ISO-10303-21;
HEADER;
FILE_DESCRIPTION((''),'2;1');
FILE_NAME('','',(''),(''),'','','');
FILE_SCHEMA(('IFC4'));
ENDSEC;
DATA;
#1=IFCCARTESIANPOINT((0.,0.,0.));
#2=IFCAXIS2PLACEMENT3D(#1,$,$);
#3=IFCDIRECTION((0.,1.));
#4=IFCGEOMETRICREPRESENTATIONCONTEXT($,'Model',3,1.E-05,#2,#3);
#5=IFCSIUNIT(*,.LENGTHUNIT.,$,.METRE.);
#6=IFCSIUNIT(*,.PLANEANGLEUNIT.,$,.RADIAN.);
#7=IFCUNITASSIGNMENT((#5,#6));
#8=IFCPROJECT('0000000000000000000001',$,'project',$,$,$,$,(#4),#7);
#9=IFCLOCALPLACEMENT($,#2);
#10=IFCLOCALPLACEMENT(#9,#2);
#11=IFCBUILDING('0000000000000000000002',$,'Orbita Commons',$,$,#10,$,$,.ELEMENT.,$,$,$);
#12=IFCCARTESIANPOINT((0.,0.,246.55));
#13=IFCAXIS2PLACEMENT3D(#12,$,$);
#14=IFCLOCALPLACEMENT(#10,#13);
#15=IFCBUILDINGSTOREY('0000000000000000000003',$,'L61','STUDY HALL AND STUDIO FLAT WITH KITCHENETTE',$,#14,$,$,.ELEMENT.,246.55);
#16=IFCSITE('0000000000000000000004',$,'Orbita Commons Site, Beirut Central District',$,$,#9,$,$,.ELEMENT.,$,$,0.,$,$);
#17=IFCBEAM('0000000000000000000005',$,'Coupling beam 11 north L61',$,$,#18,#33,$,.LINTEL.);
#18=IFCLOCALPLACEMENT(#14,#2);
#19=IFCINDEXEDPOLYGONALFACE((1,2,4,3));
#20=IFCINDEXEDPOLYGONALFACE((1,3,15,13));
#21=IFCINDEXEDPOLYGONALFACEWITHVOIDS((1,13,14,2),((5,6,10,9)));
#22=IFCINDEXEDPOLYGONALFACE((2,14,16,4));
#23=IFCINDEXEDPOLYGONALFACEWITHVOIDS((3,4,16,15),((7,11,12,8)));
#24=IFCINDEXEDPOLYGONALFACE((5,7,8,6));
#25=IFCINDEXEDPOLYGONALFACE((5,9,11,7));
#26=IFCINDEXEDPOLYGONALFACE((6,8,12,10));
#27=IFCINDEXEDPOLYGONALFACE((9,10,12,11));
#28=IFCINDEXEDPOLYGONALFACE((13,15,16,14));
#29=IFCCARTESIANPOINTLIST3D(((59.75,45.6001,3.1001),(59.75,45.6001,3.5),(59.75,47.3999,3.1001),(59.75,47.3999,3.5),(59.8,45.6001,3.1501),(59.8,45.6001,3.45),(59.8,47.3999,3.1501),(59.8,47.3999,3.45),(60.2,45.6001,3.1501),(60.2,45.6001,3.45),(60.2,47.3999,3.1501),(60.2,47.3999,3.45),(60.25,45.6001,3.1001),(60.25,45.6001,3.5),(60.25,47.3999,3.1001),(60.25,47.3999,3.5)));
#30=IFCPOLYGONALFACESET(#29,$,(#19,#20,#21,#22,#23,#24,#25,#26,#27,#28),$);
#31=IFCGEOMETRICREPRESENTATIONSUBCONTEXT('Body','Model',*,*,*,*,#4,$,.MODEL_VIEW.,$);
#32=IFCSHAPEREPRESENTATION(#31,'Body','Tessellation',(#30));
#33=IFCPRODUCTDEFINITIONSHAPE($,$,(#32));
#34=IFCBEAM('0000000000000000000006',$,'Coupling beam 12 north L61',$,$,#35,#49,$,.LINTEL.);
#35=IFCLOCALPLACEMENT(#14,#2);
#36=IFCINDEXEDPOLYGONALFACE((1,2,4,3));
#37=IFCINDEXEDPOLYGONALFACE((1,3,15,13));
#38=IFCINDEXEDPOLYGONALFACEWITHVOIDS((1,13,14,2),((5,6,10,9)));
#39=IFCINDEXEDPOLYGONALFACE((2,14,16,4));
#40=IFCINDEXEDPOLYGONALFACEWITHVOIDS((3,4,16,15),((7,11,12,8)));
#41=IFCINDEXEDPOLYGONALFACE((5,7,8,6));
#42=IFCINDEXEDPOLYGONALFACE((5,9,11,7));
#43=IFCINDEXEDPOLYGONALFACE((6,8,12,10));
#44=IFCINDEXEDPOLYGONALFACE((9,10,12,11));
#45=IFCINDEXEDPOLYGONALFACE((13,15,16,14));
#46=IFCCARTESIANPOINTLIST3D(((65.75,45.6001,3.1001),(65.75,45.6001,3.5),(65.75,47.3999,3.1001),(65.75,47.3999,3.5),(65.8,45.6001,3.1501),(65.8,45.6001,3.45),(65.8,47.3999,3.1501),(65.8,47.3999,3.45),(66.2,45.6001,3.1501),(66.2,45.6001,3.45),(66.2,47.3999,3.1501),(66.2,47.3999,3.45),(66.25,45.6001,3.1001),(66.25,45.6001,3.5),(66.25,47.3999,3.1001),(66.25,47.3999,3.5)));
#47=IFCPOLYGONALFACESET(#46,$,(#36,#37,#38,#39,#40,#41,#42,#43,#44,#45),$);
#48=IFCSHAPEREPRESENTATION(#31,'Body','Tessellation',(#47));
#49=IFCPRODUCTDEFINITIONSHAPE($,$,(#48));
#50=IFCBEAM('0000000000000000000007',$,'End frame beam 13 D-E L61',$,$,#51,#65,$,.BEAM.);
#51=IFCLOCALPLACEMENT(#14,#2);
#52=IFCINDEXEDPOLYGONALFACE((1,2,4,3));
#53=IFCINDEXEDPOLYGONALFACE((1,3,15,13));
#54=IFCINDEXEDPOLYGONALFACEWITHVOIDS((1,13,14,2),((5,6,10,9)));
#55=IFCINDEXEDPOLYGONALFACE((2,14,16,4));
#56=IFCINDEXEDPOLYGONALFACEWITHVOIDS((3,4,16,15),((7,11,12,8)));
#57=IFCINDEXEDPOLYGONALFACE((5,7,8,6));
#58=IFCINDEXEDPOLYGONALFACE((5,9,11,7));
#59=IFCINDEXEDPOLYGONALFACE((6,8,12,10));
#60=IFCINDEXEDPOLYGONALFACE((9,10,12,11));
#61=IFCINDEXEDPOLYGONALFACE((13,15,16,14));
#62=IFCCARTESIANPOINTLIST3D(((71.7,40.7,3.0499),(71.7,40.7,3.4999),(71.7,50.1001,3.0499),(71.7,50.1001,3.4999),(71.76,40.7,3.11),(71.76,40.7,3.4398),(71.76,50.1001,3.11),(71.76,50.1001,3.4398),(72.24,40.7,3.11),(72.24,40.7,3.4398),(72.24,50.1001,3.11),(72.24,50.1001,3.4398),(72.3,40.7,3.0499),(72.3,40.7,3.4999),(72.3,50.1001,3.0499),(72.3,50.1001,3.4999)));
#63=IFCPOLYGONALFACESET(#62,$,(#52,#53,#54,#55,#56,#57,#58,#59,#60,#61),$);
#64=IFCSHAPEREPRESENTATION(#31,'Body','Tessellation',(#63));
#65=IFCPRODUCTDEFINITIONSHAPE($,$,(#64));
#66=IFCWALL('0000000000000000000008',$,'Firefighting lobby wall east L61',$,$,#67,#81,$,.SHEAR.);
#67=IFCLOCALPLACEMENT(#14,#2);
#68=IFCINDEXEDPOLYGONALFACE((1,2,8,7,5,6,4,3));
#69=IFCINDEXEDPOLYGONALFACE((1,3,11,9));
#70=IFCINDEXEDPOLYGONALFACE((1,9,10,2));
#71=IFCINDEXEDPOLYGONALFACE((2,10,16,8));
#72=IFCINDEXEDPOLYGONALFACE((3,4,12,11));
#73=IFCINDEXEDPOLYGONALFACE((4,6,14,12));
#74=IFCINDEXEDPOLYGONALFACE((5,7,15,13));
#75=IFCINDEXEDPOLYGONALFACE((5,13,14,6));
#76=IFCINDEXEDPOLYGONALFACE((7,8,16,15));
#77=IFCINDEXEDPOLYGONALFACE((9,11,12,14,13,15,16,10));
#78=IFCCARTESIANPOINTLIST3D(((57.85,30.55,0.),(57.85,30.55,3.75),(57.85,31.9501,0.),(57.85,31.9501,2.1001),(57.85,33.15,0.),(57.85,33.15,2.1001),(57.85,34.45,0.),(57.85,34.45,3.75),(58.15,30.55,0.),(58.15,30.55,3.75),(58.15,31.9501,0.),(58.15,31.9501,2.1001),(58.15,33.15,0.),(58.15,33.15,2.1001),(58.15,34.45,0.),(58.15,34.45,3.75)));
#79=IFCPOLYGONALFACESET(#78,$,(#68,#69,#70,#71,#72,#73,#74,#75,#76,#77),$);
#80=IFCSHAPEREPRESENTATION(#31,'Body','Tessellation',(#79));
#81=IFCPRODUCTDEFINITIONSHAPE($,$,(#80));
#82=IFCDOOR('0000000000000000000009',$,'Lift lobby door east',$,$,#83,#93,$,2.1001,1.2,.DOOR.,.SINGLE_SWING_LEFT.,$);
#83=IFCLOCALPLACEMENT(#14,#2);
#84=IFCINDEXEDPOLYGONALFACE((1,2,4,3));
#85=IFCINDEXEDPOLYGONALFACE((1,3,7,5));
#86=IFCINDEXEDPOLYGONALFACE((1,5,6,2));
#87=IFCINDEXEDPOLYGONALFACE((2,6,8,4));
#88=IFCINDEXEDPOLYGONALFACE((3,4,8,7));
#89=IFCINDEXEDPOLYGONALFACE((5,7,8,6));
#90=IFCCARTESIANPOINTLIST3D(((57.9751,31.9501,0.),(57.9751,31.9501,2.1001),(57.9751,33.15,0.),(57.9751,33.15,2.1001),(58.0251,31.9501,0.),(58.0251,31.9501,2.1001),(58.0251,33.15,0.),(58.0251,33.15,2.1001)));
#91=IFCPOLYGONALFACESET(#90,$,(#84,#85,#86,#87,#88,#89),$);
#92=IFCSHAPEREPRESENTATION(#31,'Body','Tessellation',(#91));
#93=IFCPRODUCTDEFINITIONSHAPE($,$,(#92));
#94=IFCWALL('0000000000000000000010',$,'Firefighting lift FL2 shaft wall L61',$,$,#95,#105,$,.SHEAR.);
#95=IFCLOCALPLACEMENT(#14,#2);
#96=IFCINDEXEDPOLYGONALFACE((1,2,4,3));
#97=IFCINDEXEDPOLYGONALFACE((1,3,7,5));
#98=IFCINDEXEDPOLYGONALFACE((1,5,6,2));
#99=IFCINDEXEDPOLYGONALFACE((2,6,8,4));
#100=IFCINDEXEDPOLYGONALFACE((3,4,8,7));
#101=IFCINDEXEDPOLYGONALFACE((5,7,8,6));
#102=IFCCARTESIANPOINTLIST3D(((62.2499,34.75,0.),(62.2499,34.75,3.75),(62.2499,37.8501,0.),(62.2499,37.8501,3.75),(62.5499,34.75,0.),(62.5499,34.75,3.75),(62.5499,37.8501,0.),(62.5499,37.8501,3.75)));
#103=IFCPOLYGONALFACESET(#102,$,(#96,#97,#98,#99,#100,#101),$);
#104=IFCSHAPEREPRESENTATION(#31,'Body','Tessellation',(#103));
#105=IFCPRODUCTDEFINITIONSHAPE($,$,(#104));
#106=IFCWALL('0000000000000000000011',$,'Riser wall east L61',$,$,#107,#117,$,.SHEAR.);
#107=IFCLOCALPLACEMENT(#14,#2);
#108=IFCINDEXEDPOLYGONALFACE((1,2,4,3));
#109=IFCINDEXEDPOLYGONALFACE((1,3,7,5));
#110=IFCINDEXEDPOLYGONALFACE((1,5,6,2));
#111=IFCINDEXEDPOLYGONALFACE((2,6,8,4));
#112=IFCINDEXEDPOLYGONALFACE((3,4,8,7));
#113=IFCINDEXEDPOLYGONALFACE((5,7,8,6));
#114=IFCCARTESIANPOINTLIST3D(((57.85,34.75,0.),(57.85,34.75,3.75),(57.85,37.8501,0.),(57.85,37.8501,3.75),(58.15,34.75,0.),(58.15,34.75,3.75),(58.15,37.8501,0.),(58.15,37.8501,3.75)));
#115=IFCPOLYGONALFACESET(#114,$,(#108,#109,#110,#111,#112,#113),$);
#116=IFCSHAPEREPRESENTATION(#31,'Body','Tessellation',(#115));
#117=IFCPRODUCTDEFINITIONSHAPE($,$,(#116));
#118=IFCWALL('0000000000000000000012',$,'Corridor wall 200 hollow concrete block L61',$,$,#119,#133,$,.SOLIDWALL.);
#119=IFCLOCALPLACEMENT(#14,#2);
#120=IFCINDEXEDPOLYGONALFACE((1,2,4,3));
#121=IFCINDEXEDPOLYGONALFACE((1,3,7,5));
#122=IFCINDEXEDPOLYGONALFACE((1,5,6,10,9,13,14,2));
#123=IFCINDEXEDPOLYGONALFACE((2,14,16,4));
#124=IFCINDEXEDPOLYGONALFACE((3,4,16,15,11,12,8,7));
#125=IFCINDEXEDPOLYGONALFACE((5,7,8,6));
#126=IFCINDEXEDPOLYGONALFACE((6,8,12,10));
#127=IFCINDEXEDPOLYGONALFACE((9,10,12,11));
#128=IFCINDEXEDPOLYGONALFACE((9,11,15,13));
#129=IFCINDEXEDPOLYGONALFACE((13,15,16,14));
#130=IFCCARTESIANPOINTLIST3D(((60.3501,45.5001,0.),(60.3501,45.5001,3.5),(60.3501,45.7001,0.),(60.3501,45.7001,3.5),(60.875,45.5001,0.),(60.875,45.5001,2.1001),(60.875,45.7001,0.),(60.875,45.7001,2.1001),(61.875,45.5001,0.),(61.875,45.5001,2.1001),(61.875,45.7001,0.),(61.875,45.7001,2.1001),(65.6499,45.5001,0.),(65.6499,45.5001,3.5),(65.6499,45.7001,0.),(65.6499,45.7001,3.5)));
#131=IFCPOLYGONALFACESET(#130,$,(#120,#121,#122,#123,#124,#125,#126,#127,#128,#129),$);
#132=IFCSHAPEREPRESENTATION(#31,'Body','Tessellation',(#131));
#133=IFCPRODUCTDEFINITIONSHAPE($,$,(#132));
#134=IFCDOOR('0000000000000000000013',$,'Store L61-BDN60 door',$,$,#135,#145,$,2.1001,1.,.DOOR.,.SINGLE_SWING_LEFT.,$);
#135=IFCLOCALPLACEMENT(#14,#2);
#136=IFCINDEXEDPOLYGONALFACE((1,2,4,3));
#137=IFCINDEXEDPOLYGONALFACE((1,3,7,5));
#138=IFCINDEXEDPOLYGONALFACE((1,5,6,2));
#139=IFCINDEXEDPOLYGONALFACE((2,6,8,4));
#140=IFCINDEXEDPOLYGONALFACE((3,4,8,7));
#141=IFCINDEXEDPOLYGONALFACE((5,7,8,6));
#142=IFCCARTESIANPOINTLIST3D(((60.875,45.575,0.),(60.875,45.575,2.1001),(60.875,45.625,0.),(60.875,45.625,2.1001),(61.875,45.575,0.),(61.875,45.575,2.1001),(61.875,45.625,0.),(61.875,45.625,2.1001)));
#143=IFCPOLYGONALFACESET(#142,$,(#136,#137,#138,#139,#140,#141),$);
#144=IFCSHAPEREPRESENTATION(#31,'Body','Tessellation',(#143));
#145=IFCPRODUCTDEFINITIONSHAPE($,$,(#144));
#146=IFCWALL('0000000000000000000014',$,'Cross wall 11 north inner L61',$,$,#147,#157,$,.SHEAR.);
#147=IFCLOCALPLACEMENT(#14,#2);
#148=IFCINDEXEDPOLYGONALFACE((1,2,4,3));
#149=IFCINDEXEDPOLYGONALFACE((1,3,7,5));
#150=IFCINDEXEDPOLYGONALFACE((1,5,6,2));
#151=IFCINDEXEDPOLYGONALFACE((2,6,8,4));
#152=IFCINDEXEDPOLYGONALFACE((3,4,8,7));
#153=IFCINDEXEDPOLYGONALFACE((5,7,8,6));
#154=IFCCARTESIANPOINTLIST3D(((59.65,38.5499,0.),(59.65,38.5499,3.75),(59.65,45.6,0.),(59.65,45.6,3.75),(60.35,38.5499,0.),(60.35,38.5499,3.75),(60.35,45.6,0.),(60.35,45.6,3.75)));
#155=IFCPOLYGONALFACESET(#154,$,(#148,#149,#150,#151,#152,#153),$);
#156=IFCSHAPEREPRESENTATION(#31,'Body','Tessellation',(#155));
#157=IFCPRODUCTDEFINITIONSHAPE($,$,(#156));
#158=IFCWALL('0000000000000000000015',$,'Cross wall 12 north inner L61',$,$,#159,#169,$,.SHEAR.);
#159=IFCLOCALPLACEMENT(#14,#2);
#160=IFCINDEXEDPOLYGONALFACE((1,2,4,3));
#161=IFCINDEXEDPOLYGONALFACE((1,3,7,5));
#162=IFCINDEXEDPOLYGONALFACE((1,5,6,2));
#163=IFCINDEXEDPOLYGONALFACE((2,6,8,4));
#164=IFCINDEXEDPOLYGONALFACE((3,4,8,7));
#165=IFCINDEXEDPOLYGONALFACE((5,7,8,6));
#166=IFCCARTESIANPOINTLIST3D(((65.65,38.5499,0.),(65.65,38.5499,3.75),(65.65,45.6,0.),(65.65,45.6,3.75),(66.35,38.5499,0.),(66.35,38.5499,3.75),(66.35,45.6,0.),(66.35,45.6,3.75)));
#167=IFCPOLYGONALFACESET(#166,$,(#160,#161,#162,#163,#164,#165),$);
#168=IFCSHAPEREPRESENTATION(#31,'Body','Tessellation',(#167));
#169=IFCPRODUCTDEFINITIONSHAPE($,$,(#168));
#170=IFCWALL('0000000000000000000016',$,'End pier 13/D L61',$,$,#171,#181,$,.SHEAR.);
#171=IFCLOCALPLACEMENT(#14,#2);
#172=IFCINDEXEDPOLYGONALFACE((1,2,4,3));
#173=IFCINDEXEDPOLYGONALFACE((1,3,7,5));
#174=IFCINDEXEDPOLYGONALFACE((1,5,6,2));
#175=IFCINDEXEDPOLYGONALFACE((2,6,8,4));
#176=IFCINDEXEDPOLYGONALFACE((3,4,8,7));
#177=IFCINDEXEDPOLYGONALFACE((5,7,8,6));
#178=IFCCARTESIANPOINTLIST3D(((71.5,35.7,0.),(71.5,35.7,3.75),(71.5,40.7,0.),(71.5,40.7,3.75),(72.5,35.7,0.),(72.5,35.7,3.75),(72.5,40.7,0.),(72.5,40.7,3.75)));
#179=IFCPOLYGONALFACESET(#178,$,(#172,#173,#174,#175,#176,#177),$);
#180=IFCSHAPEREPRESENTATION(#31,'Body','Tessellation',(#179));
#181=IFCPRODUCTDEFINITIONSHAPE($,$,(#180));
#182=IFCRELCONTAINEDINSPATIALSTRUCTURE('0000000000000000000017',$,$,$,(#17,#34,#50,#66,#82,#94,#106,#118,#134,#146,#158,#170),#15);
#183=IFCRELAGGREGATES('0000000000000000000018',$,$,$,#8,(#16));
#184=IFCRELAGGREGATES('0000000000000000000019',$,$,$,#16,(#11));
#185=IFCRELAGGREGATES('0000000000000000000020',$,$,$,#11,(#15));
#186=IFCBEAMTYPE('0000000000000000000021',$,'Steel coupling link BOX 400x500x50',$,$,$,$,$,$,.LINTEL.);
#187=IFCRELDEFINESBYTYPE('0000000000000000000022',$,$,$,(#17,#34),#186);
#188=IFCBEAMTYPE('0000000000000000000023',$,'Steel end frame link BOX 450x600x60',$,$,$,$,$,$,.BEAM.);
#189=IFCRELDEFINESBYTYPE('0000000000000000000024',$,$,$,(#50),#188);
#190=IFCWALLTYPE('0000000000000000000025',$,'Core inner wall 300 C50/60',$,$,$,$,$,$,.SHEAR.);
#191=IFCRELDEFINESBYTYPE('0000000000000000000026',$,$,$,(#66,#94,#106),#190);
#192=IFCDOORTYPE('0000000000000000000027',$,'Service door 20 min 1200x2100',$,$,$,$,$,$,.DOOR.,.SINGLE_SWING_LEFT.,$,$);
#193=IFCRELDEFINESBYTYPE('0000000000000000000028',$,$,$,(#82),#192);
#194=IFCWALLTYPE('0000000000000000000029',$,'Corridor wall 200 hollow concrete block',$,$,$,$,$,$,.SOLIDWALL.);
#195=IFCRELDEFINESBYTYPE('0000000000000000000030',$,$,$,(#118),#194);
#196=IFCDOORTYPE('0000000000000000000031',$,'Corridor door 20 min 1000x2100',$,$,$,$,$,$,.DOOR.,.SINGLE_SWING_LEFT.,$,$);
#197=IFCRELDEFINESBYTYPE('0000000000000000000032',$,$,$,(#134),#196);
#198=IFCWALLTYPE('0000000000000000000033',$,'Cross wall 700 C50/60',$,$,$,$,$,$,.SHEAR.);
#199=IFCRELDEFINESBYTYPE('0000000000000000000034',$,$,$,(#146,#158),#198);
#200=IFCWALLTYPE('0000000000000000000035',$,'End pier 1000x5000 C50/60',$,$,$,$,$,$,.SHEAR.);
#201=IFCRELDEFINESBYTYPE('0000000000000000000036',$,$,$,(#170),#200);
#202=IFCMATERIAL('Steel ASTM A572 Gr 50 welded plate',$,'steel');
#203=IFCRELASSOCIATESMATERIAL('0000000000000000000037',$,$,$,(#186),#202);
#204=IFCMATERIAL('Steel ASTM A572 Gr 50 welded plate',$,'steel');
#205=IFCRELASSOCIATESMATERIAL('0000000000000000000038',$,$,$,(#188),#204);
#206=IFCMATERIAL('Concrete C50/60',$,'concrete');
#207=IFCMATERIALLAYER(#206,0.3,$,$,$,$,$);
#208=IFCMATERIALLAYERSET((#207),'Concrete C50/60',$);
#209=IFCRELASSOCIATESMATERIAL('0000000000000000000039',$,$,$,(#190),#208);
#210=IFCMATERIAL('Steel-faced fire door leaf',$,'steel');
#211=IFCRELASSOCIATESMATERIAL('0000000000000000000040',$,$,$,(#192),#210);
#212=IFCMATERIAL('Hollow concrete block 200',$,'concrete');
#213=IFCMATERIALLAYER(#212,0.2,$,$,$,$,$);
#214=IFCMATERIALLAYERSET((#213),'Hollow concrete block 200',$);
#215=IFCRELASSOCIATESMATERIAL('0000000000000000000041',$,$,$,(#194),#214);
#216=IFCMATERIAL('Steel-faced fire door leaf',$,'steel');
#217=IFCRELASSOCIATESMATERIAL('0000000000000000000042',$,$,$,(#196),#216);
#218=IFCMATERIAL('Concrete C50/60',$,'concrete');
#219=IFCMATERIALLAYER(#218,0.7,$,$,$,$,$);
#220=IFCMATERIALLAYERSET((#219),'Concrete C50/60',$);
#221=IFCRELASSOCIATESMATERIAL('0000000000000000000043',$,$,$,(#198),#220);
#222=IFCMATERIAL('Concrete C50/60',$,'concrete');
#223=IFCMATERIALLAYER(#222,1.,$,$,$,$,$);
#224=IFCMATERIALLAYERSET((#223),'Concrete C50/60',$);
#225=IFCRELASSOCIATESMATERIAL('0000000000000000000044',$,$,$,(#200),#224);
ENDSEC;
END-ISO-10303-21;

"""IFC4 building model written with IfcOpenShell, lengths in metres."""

from ifc_helpers import new_model, si_unit, direction, frame, frame_2d, origin, origin_2d, place, context, subcontext, project, spatial, rectangle, hollow_rectangle, extrude, material, layer, layer_set, material_profile, profile_set, type_object, element, fill, save


model = new_model("IFC4")

# Units and contexts
model_context = context("Model", 3, precision=1e-05, world=origin(), true_north=direction((0.0, 1.0)))
body_context = subcontext(model_context, "Body", "Model", "MODEL_VIEW")
ifc_project = project(units=[si_unit("LENGTHUNIT", "METRE"), si_unit("PLANEANGLEUNIT", "RADIAN")], contexts=[model_context])

# Site, building, storey
site_placement = place(None, origin())
site = spatial("IfcSite", under=ifc_project, at=site_placement, Name="Orbita Commons Site, Beirut Central District", CompositionType="ELEMENT", RefElevation=0.0)
building_placement = place(site_placement, origin())
building = spatial("IfcBuilding", under=site, at=building_placement, Name="Orbita Commons", CompositionType="ELEMENT")
storey_placement = place(building_placement, frame((0.0, 0.0, 246.55)))
storey = spatial("IfcBuildingStorey", under=building, at=storey_placement, Name="L61", Description="STUDY HALL AND STUDIO FLAT WITH KITCHENETTE", CompositionType="ELEMENT", Elevation=246.55)

# Beams
ifc_material_1 = material(Name="Steel ASTM A572 Gr 50 welded plate", Category="steel")
ifc_material_profile_1 = material_profile(ifc_material_1, hollow_rectangle(XDim=0.5, YDim=0.3999, WallThickness=0.05, at=origin_2d()), Name="BOX 400x500x50")
ifc_profile_set_1 = profile_set([ifc_material_profile_1], Name="Steel ASTM A572 Gr 50 welded plate")
beam_type_1 = type_object("IfcBeamType", Name="Steel coupling link BOX 400x500x50", PredefinedType="LINTEL", material=ifc_profile_set_1)
for number, where, z_axis, x_axis, name in (
    (1, (60.0, 45.6001, 3.3), (0.0, 1.0, 0.0), (-1.0, 0.0, 0.0), "Coupling beam 11 north L61"),
    (2, (66.0, 45.6001, 3.3), (0.0, 1.0, 0.0), (-1.0, 0.0, 0.0), "Coupling beam 12 north L61"),
):
    element("IfcBeam", number, at=place(storey_placement, frame(where, z_axis=z_axis, x_axis=x_axis)), inside=storey, type_object=beam_type_1, Name=name, PredefinedType="LINTEL", context=body_context, shape_type="SweptSolid", body=[
        extrude(hollow_rectangle(XDim=0.5, YDim=0.3999, WallThickness=0.05, at=origin_2d()), origin(), (0.0, 0.0, 1.0), 1.7998),
    ])
ifc_material_2 = material(Name="Steel ASTM A572 Gr 50 welded plate", Category="steel")
ifc_material_profile_2 = material_profile(ifc_material_2, hollow_rectangle(XDim=0.6001, YDim=0.45, WallThickness=0.0601, at=origin_2d()), Name="BOX 450x600x60")
ifc_profile_set_2 = profile_set([ifc_material_profile_2], Name="Steel ASTM A572 Gr 50 welded plate")
beam_type_2 = type_object("IfcBeamType", Name="Steel end frame link BOX 450x600x60", PredefinedType="BEAM", material=ifc_profile_set_2)
beam_placement = place(storey_placement, frame((72.0, 40.7, 3.2749), z_axis=(0.0, 1.0, 0.0), x_axis=(-1.0, 0.0, 0.0)))
element("IfcBeam", 3, at=beam_placement, inside=storey, type_object=beam_type_2, Name="End frame beam 13 D-E L61", PredefinedType="BEAM", context=body_context, shape_type="SweptSolid", body=[
    extrude(hollow_rectangle(XDim=0.6001, YDim=0.45, WallThickness=0.0601, at=origin_2d()), origin(), (0.0, 0.0, 1.0), 9.4001),
])

# Wall, opening, door
ifc_material_3 = material(Name="Concrete C50/60", Category="concrete")
ifc_layer_1 = layer(ifc_material_3, 0.3)
ifc_layer_set_1 = layer_set([ifc_layer_1], Name="Concrete C50/60")
wall_type_1 = type_object("IfcWallType", Name="Core inner wall 300 C50/60", PredefinedType="SHEAR", material=ifc_layer_set_1)
wall_1_placement = place(storey_placement, frame((58.0, 30.55, 0.0), z_axis=(0.0, 0.0, 1.0), x_axis=(0.0, 1.0, 0.0)))
wall_1 = element("IfcWall", 4, at=wall_1_placement, inside=storey, type_object=wall_type_1, Name="Firefighting lobby wall east L61", PredefinedType="SHEAR", context=body_context, shape_type="SweptSolid", body=[
    extrude(rectangle(XDim=3.8999, YDim=0.3, at=frame_2d((1.95, 0.0))), origin(), (0.0, 0.0, 1.0), 3.75),
])
opening_1_placement = place(wall_1_placement, frame((1.3999, 0.0, 0.0)))
opening_1 = element("IfcOpeningElement", 5, at=opening_1_placement, cuts=wall_1, PredefinedType="OPENING", context=body_context, shape_type="SweptSolid", body=[
    extrude(rectangle(XDim=1.2, YDim=2.1001, at=frame_2d((0.6001, 1.05))), frame((0.0, 0.1599, 0.0), z_axis=(0.0, -1.0, 0.0), x_axis=(1.0, 0.0, 0.0)), (0.0, 0.0, 1.0), 0.3201),
])
ifc_material_4 = material(Name="Steel-faced fire door leaf", Category="steel")
door_type_1 = type_object("IfcDoorType", Name="Service door 20 min 1200x2100", OperationType="SINGLE_SWING_LEFT", PredefinedType="DOOR", material=ifc_material_4)
door_1_placement = place(opening_1_placement, origin())
door_1 = element("IfcDoor", 6, at=door_1_placement, inside=storey, type_object=door_type_1, Name="Lift lobby door east", OperationType="SINGLE_SWING_LEFT", OverallHeight=2.1001, OverallWidth=1.2, PredefinedType="DOOR", context=body_context, shape_type="SweptSolid", body=[
    extrude(rectangle(XDim=1.2, YDim=2.1001, at=frame_2d((0.6001, 1.05))), frame((0.0, 0.0249, 0.0), z_axis=(0.0, -1.0, 0.0), x_axis=(1.0, 0.0, 0.0)), (0.0, 0.0, 1.0), 0.05),
])
fill(opening_1, door_1)

# Walls
for number, where, z_axis, x_axis, name in (
    (7, (62.3999, 34.75, 0.0), (0.0, 0.0, 1.0), (0.0, 1.0, 0.0), "Firefighting lift FL2 shaft wall L61"),
    (8, (58.0, 34.75, 0.0), (0.0, 0.0, 1.0), (0.0, 1.0, 0.0), "Riser wall east L61"),
):
    element("IfcWall", number, at=place(storey_placement, frame(where, z_axis=z_axis, x_axis=x_axis)), inside=storey, type_object=wall_type_1, Name=name, PredefinedType="SHEAR", context=body_context, shape_type="SweptSolid", body=[
        extrude(rectangle(XDim=3.1001, YDim=0.3, at=frame_2d((1.55, 0.0))), origin(), (0.0, 0.0, 1.0), 3.75),
    ])

# Wall, opening, door
ifc_material_5 = material(Name="Hollow concrete block 200", Category="concrete")
ifc_layer_2 = layer(ifc_material_5, 0.2)
ifc_layer_set_2 = layer_set([ifc_layer_2], Name="Hollow concrete block 200")
wall_type_2 = type_object("IfcWallType", Name="Corridor wall 200 hollow concrete block", PredefinedType="SOLIDWALL", material=ifc_layer_set_2)
wall_2_placement = place(storey_placement, frame((60.3501, 45.6001, 0.0), z_axis=(0.0, 0.0, 1.0), x_axis=(1.0, 0.0, 0.0)))
wall_2 = element("IfcWall", 9, at=wall_2_placement, inside=storey, type_object=wall_type_2, Name="Corridor wall 200 hollow concrete block L61", PredefinedType="SOLIDWALL", context=body_context, shape_type="SweptSolid", body=[
    extrude(rectangle(XDim=5.2998, YDim=0.2, at=frame_2d((2.6499, 0.0))), origin(), (0.0, 0.0, 1.0), 3.5),
])
opening_2_placement = place(wall_2_placement, frame((0.5249, 0.0, 0.0)))
opening_2 = element("IfcOpeningElement", 10, at=opening_2_placement, cuts=wall_2, PredefinedType="OPENING", context=body_context, shape_type="SweptSolid", body=[
    extrude(rectangle(XDim=1.0, YDim=2.1001, at=frame_2d((0.5, 1.05))), frame((0.0, 0.1099, 0.0), z_axis=(0.0, -1.0, 0.0), x_axis=(1.0, 0.0, 0.0)), (0.0, 0.0, 1.0), 0.22),
])
ifc_material_6 = material(Name="Steel-faced fire door leaf", Category="steel")
door_type_2 = type_object("IfcDoorType", Name="Corridor door 20 min 1000x2100", OperationType="SINGLE_SWING_LEFT", PredefinedType="DOOR", material=ifc_material_6)
door_2_placement = place(opening_2_placement, origin())
door_2 = element("IfcDoor", 11, at=door_2_placement, inside=storey, type_object=door_type_2, Name="Store L61-BDN60 door", OperationType="SINGLE_SWING_LEFT", OverallHeight=2.1001, OverallWidth=1.0, PredefinedType="DOOR", context=body_context, shape_type="SweptSolid", body=[
    extrude(rectangle(XDim=1.0, YDim=2.1001, at=frame_2d((0.5, 1.05))), frame((0.0, 0.0249, 0.0), z_axis=(0.0, -1.0, 0.0), x_axis=(1.0, 0.0, 0.0)), (0.0, 0.0, 1.0), 0.05),
])
fill(opening_2, door_2)

# Walls
ifc_material_7 = material(Name="Concrete C50/60", Category="concrete")
ifc_layer_3 = layer(ifc_material_7, 0.7)
ifc_layer_set_3 = layer_set([ifc_layer_3], Name="Concrete C50/60")
wall_type_3 = type_object("IfcWallType", Name="Cross wall 700 C50/60", PredefinedType="SHEAR", material=ifc_layer_set_3)
for number, where, z_axis, x_axis, name in (
    (12, (60.0, 38.55, 0.0), (0.0, 0.0, 1.0), (0.0, 1.0, 0.0), "Cross wall 11 north inner L61"),
    (13, (66.0, 38.55, 0.0), (0.0, 0.0, 1.0), (0.0, 1.0, 0.0), "Cross wall 12 north inner L61"),
):
    element("IfcWall", number, at=place(storey_placement, frame(where, z_axis=z_axis, x_axis=x_axis)), inside=storey, type_object=wall_type_3, Name=name, PredefinedType="SHEAR", context=body_context, shape_type="SweptSolid", body=[
        extrude(rectangle(XDim=7.05, YDim=0.7, at=frame_2d((3.5249, 0.0))), origin(), (0.0, 0.0, 1.0), 3.75),
    ])
ifc_material_8 = material(Name="Concrete C50/60", Category="concrete")
ifc_layer_4 = layer(ifc_material_8, 1.0)
ifc_layer_set_4 = layer_set([ifc_layer_4], Name="Concrete C50/60")
wall_type_4 = type_object("IfcWallType", Name="End pier 1000x5000 C50/60", PredefinedType="SHEAR", material=ifc_layer_set_4)
wall_3_placement = place(storey_placement, frame((72.0, 35.7, 0.0), z_axis=(0.0, 0.0, 1.0), x_axis=(0.0, 1.0, 0.0)))
element("IfcWall", 14, at=wall_3_placement, inside=storey, type_object=wall_type_4, Name="End pier 13/D L61", PredefinedType="SHEAR", context=body_context, shape_type="SweptSolid", body=[
    extrude(rectangle(XDim=5.0, YDim=1.0, at=frame_2d((2.5, 0.0))), origin(), (0.0, 0.0, 1.0), 3.75),
])

save(model, "model.ifc")
